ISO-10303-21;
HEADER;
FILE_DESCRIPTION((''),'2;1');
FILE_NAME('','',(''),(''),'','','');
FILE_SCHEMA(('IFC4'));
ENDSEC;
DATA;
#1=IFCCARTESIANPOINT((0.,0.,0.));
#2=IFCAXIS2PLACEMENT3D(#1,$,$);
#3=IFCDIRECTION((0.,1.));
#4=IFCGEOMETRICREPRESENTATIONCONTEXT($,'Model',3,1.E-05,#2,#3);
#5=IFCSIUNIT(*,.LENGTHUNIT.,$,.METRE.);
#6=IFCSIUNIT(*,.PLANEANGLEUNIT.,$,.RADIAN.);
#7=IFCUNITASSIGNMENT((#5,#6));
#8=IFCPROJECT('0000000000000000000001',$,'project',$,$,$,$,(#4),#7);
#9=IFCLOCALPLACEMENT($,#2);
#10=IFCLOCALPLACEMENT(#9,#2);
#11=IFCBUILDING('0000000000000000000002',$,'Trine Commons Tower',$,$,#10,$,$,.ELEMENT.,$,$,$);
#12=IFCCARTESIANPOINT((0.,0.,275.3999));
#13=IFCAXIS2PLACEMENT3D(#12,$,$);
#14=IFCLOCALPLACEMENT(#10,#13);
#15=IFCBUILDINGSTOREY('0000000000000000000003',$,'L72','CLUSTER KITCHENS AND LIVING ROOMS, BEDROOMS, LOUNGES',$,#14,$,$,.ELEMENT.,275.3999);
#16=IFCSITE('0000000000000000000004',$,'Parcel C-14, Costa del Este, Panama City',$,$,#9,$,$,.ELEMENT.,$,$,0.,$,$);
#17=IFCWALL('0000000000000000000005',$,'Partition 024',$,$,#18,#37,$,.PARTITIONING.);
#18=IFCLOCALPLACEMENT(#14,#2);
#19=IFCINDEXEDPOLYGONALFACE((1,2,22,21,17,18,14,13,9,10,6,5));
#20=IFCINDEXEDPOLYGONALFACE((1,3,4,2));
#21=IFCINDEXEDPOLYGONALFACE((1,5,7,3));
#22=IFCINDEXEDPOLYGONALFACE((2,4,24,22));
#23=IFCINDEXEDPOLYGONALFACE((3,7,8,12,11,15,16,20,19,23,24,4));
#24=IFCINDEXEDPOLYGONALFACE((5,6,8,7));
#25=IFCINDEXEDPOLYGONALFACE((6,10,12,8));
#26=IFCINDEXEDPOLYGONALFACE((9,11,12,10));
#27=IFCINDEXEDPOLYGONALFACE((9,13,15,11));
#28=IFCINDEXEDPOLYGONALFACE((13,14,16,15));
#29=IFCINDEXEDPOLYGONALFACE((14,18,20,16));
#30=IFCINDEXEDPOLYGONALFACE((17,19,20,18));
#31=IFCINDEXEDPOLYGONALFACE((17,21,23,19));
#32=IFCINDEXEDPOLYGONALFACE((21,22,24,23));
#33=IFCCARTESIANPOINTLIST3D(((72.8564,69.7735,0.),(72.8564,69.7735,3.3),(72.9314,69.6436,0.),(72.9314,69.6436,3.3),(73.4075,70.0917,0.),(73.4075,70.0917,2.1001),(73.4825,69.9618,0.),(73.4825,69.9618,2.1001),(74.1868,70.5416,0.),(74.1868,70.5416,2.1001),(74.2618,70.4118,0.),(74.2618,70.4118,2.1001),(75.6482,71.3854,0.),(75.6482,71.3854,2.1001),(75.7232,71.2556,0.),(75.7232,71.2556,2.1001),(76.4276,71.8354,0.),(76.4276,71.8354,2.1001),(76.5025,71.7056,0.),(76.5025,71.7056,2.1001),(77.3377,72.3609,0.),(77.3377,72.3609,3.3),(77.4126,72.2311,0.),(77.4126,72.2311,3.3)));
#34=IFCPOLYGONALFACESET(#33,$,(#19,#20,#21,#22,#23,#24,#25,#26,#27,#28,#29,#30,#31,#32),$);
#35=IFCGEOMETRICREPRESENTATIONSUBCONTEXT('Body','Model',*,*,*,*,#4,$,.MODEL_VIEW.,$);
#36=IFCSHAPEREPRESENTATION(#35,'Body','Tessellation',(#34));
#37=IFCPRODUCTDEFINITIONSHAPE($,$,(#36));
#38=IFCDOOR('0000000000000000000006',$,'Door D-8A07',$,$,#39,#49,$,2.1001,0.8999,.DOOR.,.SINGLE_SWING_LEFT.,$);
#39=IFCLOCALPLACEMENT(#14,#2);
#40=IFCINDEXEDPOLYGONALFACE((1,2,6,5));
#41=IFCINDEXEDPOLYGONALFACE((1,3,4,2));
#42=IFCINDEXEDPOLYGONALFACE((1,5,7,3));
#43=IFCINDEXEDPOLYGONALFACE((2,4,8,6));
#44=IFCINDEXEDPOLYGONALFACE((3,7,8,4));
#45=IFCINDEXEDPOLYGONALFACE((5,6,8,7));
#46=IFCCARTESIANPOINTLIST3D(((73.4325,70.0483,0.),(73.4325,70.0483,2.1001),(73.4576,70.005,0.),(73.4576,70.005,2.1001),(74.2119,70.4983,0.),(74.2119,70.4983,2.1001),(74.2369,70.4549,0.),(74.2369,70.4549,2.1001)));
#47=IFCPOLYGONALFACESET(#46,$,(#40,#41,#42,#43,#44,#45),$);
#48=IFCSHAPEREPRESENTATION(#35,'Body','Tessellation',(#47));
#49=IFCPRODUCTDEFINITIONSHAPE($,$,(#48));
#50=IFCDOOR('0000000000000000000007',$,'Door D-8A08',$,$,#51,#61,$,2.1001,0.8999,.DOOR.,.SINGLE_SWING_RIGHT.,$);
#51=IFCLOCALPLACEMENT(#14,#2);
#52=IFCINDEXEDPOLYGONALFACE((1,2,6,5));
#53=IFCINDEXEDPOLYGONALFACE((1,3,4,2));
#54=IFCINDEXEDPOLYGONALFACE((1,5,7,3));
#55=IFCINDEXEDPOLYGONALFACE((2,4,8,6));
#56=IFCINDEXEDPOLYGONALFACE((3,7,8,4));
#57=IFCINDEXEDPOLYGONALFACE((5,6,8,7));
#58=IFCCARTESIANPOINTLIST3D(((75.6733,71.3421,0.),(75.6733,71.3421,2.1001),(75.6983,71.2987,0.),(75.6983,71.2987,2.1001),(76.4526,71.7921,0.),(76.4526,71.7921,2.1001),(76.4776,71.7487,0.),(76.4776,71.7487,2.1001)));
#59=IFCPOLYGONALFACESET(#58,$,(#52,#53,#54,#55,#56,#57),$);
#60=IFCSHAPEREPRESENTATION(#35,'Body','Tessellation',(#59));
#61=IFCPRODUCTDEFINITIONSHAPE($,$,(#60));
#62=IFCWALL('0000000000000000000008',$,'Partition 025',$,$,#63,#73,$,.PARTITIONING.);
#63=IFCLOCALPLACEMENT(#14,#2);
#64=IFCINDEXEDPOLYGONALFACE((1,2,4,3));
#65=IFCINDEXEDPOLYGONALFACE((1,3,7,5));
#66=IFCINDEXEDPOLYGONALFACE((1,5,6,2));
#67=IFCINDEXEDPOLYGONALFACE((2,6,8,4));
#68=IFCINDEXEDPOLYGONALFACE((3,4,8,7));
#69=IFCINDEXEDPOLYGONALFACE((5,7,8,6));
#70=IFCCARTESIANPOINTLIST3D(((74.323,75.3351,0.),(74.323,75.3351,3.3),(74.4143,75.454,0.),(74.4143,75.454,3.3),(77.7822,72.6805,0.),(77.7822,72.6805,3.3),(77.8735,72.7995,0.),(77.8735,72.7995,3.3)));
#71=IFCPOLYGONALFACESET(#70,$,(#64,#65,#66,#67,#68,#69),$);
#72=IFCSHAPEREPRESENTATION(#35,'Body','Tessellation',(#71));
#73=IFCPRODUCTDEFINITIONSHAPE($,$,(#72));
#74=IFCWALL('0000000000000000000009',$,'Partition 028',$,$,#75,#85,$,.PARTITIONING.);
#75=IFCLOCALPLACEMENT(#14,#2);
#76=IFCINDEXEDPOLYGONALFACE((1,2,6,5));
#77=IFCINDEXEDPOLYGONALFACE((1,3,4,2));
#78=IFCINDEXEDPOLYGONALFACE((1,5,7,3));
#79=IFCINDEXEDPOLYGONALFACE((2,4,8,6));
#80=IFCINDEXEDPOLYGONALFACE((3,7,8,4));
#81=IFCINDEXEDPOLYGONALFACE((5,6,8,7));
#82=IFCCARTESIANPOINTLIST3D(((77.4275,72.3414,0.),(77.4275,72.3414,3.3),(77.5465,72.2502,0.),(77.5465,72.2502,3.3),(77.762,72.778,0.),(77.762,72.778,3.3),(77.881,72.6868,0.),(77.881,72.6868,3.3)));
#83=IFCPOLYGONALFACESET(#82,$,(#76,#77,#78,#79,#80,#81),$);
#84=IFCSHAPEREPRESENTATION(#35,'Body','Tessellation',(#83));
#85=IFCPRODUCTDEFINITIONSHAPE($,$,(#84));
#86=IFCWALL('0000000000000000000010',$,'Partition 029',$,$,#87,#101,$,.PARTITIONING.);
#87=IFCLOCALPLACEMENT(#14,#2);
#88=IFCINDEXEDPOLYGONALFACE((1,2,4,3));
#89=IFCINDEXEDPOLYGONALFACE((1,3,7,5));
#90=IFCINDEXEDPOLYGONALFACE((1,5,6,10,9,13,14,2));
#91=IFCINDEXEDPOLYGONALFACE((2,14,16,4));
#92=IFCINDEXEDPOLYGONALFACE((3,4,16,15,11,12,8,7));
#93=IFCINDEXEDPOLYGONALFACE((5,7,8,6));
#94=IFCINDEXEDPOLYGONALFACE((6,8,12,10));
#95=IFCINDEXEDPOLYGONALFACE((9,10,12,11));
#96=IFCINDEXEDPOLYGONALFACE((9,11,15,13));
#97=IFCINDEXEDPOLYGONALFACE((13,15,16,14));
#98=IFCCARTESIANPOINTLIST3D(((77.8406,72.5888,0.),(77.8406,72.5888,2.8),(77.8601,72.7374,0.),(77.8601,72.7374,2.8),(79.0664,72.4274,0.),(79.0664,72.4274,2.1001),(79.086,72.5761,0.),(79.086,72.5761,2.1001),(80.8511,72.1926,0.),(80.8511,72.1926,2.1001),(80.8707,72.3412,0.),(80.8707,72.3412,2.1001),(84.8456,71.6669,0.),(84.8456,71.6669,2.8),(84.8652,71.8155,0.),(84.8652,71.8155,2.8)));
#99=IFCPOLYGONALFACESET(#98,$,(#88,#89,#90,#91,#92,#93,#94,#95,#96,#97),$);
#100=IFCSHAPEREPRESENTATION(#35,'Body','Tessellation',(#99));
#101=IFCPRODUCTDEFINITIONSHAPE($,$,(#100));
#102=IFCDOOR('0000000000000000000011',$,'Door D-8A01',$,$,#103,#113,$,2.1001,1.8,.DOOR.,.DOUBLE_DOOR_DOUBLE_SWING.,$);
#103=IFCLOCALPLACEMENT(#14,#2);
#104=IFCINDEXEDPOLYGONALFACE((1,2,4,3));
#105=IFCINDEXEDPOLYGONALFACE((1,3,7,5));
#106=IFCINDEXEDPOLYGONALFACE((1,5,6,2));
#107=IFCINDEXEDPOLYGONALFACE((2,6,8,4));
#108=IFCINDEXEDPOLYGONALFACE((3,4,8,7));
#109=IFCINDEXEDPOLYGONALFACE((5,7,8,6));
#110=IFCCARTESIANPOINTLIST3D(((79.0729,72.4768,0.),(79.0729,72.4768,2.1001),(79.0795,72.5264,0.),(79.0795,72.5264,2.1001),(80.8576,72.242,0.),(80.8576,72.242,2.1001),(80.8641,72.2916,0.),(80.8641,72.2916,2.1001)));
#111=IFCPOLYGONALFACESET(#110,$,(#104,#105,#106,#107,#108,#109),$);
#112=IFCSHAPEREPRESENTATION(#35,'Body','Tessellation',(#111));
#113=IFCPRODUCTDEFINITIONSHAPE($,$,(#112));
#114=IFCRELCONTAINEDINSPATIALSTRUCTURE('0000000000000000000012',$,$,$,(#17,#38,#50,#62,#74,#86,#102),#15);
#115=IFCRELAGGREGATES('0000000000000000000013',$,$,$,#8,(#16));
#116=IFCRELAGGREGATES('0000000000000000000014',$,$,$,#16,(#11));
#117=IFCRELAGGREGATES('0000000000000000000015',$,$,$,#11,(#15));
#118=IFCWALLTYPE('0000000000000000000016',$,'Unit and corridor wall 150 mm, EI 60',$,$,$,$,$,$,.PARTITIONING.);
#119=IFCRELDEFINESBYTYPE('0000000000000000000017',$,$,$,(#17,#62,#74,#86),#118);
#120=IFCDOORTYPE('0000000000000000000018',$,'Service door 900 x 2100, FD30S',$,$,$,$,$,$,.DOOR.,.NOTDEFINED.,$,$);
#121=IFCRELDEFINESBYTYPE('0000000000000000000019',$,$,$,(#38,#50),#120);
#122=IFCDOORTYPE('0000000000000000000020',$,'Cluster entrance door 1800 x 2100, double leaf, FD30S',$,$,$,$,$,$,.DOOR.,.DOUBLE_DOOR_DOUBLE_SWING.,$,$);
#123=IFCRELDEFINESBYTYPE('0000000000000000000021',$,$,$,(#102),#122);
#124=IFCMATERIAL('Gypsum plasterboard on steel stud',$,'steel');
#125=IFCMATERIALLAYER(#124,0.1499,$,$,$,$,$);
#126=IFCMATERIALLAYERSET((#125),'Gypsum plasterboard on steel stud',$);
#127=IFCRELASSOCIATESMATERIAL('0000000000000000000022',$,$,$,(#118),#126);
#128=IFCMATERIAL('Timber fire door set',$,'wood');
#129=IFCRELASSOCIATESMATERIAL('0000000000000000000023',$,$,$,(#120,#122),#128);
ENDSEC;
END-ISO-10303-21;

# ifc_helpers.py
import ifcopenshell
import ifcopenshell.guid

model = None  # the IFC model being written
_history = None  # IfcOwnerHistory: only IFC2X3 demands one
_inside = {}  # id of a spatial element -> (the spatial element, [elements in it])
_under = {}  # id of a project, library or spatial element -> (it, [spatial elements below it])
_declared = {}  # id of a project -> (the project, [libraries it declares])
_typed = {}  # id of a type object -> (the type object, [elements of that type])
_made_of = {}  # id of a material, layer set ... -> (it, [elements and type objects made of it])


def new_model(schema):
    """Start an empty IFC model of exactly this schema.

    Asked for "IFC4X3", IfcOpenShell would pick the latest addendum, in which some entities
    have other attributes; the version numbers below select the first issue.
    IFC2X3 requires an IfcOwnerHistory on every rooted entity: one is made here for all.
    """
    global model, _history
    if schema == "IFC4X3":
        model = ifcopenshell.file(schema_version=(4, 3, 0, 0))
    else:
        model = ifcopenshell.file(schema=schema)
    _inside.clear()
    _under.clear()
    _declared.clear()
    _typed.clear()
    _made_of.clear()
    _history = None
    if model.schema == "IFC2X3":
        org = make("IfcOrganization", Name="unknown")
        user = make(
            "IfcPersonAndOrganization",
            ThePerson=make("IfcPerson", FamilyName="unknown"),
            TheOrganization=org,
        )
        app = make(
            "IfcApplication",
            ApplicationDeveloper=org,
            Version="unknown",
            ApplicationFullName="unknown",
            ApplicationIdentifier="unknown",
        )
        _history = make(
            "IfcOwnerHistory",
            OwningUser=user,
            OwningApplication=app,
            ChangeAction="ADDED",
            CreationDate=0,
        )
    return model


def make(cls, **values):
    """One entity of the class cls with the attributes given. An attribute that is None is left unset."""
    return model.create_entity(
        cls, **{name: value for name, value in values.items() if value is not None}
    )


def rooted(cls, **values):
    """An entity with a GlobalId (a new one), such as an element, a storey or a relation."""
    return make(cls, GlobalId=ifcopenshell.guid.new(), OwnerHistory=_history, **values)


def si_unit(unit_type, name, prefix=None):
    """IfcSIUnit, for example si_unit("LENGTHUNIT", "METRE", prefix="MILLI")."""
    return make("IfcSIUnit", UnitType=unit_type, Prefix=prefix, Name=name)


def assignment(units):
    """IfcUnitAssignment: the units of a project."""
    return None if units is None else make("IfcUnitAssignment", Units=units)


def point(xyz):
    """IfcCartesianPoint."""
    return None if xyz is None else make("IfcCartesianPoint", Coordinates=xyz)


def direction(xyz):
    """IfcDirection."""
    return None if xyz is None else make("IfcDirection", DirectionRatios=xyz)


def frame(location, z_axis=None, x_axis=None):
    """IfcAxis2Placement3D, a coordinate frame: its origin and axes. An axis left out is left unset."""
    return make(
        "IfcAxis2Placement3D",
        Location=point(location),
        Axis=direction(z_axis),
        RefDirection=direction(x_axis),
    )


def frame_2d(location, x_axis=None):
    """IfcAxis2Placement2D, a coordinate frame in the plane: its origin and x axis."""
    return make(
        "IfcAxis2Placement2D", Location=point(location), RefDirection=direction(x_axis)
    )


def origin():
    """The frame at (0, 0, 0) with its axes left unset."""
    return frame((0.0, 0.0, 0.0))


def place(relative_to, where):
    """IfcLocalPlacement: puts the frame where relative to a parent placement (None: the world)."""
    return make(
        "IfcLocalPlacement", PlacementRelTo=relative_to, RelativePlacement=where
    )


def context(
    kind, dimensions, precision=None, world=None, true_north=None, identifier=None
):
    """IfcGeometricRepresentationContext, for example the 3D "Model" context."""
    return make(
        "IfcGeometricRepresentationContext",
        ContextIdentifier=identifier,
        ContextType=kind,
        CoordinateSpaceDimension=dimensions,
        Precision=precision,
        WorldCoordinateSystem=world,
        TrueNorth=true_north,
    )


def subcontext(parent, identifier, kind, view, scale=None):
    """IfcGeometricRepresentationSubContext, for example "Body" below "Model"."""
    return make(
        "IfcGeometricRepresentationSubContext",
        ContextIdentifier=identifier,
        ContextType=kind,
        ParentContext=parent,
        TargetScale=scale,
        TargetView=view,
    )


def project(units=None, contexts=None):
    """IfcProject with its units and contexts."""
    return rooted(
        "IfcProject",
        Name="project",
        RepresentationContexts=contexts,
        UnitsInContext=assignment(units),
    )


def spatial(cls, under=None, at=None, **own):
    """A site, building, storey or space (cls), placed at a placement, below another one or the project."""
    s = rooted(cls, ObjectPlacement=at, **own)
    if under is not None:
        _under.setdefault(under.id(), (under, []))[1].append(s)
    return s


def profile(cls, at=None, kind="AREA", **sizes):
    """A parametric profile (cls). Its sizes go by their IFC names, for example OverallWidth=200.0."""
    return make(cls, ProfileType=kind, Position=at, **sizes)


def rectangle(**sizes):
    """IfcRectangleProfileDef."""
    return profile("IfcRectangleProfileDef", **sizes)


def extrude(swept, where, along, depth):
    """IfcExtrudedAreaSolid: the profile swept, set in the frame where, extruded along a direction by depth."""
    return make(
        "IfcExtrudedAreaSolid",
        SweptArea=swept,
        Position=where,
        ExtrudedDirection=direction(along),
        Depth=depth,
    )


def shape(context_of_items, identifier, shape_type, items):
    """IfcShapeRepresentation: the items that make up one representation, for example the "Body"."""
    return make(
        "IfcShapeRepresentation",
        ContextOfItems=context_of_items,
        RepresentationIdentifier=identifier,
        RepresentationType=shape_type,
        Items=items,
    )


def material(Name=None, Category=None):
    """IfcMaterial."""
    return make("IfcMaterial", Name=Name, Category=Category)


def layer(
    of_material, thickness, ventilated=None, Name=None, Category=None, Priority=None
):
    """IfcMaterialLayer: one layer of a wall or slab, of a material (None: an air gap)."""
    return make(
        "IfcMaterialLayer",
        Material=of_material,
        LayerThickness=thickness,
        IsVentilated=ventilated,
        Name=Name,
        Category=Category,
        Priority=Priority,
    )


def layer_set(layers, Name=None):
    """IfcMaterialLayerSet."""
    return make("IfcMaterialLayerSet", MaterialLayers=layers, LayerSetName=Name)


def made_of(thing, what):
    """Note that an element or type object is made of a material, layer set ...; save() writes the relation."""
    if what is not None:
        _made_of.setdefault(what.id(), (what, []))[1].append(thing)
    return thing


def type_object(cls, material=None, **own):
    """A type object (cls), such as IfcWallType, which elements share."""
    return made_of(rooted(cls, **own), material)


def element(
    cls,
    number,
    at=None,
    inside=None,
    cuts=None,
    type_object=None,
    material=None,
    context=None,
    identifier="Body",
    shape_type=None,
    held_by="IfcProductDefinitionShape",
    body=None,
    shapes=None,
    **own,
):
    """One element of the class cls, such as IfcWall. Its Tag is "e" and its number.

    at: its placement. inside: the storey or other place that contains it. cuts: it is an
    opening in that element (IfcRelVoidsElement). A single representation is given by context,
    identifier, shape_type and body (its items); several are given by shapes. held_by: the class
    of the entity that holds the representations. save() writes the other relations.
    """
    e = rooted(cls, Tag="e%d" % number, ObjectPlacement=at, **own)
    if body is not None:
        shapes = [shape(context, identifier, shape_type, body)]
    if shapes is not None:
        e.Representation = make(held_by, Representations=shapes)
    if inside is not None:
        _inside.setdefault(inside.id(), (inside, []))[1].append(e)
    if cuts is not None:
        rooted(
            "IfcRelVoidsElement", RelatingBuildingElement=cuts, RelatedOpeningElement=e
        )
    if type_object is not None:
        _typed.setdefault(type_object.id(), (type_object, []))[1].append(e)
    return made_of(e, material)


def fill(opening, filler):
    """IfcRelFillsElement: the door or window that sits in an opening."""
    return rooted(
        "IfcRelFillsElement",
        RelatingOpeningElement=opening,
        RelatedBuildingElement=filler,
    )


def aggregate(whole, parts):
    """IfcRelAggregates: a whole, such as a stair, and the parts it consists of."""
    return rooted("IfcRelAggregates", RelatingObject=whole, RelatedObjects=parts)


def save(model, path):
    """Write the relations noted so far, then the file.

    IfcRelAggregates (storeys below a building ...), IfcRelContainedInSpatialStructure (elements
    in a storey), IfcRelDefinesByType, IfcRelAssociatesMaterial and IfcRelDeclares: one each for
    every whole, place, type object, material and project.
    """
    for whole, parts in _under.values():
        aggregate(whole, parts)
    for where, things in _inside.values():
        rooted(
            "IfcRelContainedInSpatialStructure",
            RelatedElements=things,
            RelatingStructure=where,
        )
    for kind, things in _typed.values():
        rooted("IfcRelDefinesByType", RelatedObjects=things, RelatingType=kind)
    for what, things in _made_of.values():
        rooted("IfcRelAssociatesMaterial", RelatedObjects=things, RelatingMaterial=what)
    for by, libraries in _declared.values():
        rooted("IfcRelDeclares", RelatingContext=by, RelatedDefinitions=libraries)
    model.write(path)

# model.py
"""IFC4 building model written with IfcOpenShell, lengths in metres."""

from ifc_helpers import new_model, si_unit, direction, frame, frame_2d, origin, place, context, subcontext, project, spatial, rectangle, extrude, material, layer, layer_set, type_object, element, fill, save


model = new_model("IFC4")

# Units and contexts
model_context = context("Model", 3, precision=1e-05, world=origin(), true_north=direction((0.0, 1.0)))
body_context = subcontext(model_context, "Body", "Model", "MODEL_VIEW")
ifc_project = project(units=[si_unit("LENGTHUNIT", "METRE"), si_unit("PLANEANGLEUNIT", "RADIAN")], contexts=[model_context])

# Site, building, storey
site_placement = place(None, origin())
site = spatial("IfcSite", under=ifc_project, at=site_placement, Name="Parcel C-14, Costa del Este, Panama City", CompositionType="ELEMENT", RefElevation=0.0)
building_placement = place(site_placement, origin())
building = spatial("IfcBuilding", under=site, at=building_placement, Name="Trine Commons Tower", CompositionType="ELEMENT")
storey_placement = place(building_placement, frame((0.0, 0.0, 275.3999)))
storey = spatial("IfcBuildingStorey", under=building, at=storey_placement, Name="L72", Description="CLUSTER KITCHENS AND LIVING ROOMS, BEDROOMS, LOUNGES", CompositionType="ELEMENT", Elevation=275.3999)

# Shared definitions
ifc_material_1 = material(Name="Gypsum plasterboard on steel stud", Category="steel")
ifc_layer_1 = layer(ifc_material_1, 0.1499)
ifc_layer_set_1 = layer_set([ifc_layer_1], Name="Gypsum plasterboard on steel stud")
wall_type_1 = type_object("IfcWallType", Name="Unit and corridor wall 150 mm, EI 60", PredefinedType="PARTITIONING", material=ifc_layer_set_1)

# Wall, openings, doors
wall_1_placement = place(storey_placement, frame((72.8938, 69.7085, 0.0), z_axis=(0.0, 0.0, 1.0), x_axis=(0.86601, 0.500026, 0.0)))
wall_1 = element("IfcWall", 1, at=wall_1_placement, inside=storey, type_object=wall_type_1, Name="Partition 024", PredefinedType="PARTITIONING", context=body_context, shape_type="SweptSolid", body=[
    extrude(rectangle(XDim=5.1746, YDim=0.1499, at=frame_2d((2.5874, 0.0))), origin(), (0.0, 0.0, 1.0), 3.3),
])
opening_1_placement = place(wall_1_placement, frame((0.6365, 0.0, 0.0)))
opening_1 = element("IfcOpeningElement", 2, at=opening_1_placement, cuts=wall_1, PredefinedType="OPENING", context=body_context, shape_type="SweptSolid", body=[
    extrude(rectangle(XDim=0.8999, YDim=2.1001, at=frame_2d((0.45, 1.05))), frame((0.0, 0.085, 0.0), z_axis=(0.0, -1.0, 0.0), x_axis=(1.0, 0.0, 0.0)), (0.0, 0.0, 1.0), 0.1699),
])
opening_2_placement = place(wall_1_placement, frame((3.2239, 0.0, 0.0)))
opening_2 = element("IfcOpeningElement", 3, at=opening_2_placement, cuts=wall_1, PredefinedType="OPENING", context=body_context, shape_type="SweptSolid", body=[
    extrude(rectangle(XDim=0.8999, YDim=2.1001, at=frame_2d((0.45, 1.05))), frame((0.0, 0.085, 0.0), z_axis=(0.0, -1.0, 0.0), x_axis=(1.0, 0.0, 0.0)), (0.0, 0.0, 1.0), 0.1699),
])
ifc_material_2 = material(Name="Timber fire door set", Category="wood")
door_type_1 = type_object("IfcDoorType", Name="Service door 900 x 2100, FD30S", OperationType="NOTDEFINED", PredefinedType="DOOR", material=ifc_material_2)
door_1_placement = place(opening_1_placement, origin())
door_1 = element("IfcDoor", 4, at=door_1_placement, inside=storey, type_object=door_type_1, Name="Door D-8A07", OperationType="SINGLE_SWING_LEFT", OverallHeight=2.1001, OverallWidth=0.8999, PredefinedType="DOOR", context=body_context, shape_type="SweptSolid", body=[
    extrude(rectangle(XDim=0.8999, YDim=2.1001, at=frame_2d((0.45, 1.05))), frame((0.0, 0.0249, 0.0), z_axis=(0.0, -1.0, 0.0), x_axis=(1.0, 0.0, 0.0)), (0.0, 0.0, 1.0), 0.05),
])
fill(opening_1, door_1)
door_2_placement = place(opening_2_placement, origin())
door_2 = element("IfcDoor", 5, at=door_2_placement, inside=storey, type_object=door_type_1, Name="Door D-8A08", OperationType="SINGLE_SWING_RIGHT", OverallHeight=2.1001, OverallWidth=0.8999, PredefinedType="DOOR", context=body_context, shape_type="SweptSolid", body=[
    extrude(rectangle(XDim=0.8999, YDim=2.1001, at=frame_2d((0.45, 1.05))), frame((0.0, 0.0249, 0.0), z_axis=(0.0, -1.0, 0.0), x_axis=(1.0, 0.0, 0.0)), (0.0, 0.0, 1.0), 0.05),
])
fill(opening_2, door_2)

# Walls
wall_2_placement = place(storey_placement, frame((74.3687, 75.3945, 0.0), z_axis=(0.0, 0.0, 1.0), x_axis=(0.793333, -0.608788, 0.0)))
element("IfcWall", 6, at=wall_2_placement, inside=storey, type_object=wall_type_1, Name="Partition 025", PredefinedType="PARTITIONING", context=body_context, shape_type="SweptSolid", body=[
    extrude(rectangle(XDim=4.3604, YDim=0.1499, at=frame_2d((2.1802, 0.0))), origin(), (0.0, 0.0, 1.0), 3.3),
])
wall_3_placement = place(storey_placement, frame((77.4871, 72.2959, 0.0), z_axis=(0.0, 0.0, 1.0), x_axis=(0.608208, 0.793778, 0.0)))
element("IfcWall", 7, at=wall_3_placement, inside=storey, type_object=wall_type_1, Name="Partition 028", PredefinedType="PARTITIONING", context=body_context, shape_type="SweptSolid", body=[
    extrude(rectangle(XDim=0.55, YDim=0.1499, at=frame_2d((0.2749, 0.0))), origin(), (0.0, 0.0, 1.0), 3.3),
])

# Wall, opening, door
wall_4_placement = place(storey_placement, frame((77.8503, 72.6631, 0.0), z_axis=(0.0, 0.0, 1.0), x_axis=(0.991452, -0.130475, 0.0)))
wall_4 = element("IfcWall", 8, at=wall_4_placement, inside=storey, type_object=wall_type_1, Name="Partition 029", PredefinedType="PARTITIONING", context=body_context, shape_type="SweptSolid", body=[
    extrude(rectangle(XDim=7.0654, YDim=0.1499, at=frame_2d((3.5327, 0.0))), origin(), (0.0, 0.0, 1.0), 2.8),
])
opening_3_placement = place(wall_4_placement, frame((1.2366, 0.0, 0.0)))
opening_3 = element("IfcOpeningElement", 9, at=opening_3_placement, cuts=wall_4, PredefinedType="OPENING", context=body_context, shape_type="SweptSolid", body=[
    extrude(rectangle(XDim=1.8, YDim=2.1001, at=frame_2d((0.8999, 1.05))), frame((0.0, 0.085, 0.0), z_axis=(0.0, -1.0, 0.0), x_axis=(1.0, 0.0, 0.0)), (0.0, 0.0, 1.0), 0.1699),
])
door_type_2 = type_object("IfcDoorType", Name="Cluster entrance door 1800 x 2100, double leaf, FD30S", OperationType="DOUBLE_DOOR_DOUBLE_SWING", PredefinedType="DOOR", material=ifc_material_2)
door_3_placement = place(opening_3_placement, origin())
door_3 = element("IfcDoor", 10, at=door_3_placement, inside=storey, type_object=door_type_2, Name="Door D-8A01", OperationType="DOUBLE_DOOR_DOUBLE_SWING", OverallHeight=2.1001, OverallWidth=1.8, PredefinedType="DOOR", context=body_context, shape_type="SweptSolid", body=[
    extrude(rectangle(XDim=1.8, YDim=2.1001, at=frame_2d((0.8999, 1.05))), frame((0.0, 0.0249, 0.0), z_axis=(0.0, -1.0, 0.0), x_axis=(1.0, 0.0, 0.0)), (0.0, 0.0, 1.0), 0.05),
])
fill(opening_3, door_3)

save(model, "model.ifc")
